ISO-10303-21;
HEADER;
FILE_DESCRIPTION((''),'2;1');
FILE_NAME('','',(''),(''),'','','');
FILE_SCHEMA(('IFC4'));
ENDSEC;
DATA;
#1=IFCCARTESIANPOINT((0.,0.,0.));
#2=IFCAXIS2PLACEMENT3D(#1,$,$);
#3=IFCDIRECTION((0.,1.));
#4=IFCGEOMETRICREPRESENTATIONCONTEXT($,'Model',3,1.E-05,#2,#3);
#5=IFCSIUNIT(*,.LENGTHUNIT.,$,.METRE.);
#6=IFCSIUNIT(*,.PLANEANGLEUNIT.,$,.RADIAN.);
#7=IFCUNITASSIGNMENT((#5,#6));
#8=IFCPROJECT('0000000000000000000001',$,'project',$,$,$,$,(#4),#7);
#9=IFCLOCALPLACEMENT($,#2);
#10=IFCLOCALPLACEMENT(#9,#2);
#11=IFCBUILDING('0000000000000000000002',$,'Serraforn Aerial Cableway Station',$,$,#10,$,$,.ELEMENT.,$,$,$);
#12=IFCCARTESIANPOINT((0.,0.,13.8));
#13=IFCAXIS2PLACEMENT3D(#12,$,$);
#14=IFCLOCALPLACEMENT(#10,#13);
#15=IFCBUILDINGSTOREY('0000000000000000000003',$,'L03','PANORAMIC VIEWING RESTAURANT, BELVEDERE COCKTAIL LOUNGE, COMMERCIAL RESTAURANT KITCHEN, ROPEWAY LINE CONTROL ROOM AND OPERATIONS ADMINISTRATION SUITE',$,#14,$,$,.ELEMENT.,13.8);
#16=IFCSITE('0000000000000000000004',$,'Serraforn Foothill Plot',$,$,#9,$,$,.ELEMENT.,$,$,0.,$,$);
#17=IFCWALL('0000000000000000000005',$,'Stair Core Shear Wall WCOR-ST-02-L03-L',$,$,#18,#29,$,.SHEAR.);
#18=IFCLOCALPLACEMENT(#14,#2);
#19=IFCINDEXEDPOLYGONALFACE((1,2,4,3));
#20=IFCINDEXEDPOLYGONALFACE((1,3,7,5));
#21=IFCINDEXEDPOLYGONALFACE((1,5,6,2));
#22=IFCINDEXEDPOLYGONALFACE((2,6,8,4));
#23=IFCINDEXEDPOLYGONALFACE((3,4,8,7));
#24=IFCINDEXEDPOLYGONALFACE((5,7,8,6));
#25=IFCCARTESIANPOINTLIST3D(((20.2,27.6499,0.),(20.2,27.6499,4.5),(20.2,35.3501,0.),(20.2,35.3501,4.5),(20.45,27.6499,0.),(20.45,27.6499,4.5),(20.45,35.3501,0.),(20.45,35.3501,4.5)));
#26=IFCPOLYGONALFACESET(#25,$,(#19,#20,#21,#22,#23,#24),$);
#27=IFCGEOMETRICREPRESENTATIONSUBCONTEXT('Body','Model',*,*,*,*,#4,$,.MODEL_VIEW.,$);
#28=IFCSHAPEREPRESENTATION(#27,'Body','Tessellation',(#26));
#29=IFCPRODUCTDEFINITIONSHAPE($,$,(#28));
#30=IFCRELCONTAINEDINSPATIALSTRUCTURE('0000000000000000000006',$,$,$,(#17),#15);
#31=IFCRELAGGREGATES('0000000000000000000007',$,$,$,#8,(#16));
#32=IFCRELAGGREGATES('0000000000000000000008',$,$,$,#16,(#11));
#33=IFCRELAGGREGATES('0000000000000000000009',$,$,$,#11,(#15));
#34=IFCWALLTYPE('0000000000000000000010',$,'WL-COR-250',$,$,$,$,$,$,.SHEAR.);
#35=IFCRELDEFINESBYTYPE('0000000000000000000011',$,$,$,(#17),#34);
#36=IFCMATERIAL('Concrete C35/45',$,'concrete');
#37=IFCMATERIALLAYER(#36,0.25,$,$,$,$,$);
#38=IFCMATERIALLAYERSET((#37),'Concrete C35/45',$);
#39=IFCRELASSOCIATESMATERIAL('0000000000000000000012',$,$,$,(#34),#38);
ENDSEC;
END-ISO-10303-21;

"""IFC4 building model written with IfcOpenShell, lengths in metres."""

from ifc_helpers import new_model, si_unit, direction, frame, frame_2d, origin, place, context, subcontext, project, spatial, rectangle, extrude, material, layer, layer_set, type_object, element, save


model = new_model("IFC4")

# Units and contexts
model_context = context("Model", 3, precision=1e-05, world=origin(), true_north=direction((0.0, 1.0)))
body_context = subcontext(model_context, "Body", "Model", "MODEL_VIEW")
ifc_project = project(units=[si_unit("LENGTHUNIT", "METRE"), si_unit("PLANEANGLEUNIT", "RADIAN")], contexts=[model_context])

# Site, building, storey
site_placement = place(None, origin())
site = spatial("IfcSite", under=ifc_project, at=site_placement, Name="Serraforn Foothill Plot", CompositionType="ELEMENT", RefElevation=0.0)
building_placement = place(site_placement, origin())
building = spatial("IfcBuilding", under=site, at=building_placement, Name="Serraforn Aerial Cableway Station", CompositionType="ELEMENT")
storey_placement = place(building_placement, frame((0.0, 0.0, 13.8)))
storey = spatial("IfcBuildingStorey", under=building, at=storey_placement, Name="L03", Description="PANORAMIC VIEWING RESTAURANT, BELVEDERE COCKTAIL LOUNGE, COMMERCIAL RESTAURANT KITCHEN, ROPEWAY LINE CONTROL ROOM AND OPERATIONS ADMINISTRATION SUITE", CompositionType="ELEMENT", Elevation=13.8)

# Shared definitions
ifc_material_1 = material(Name="Concrete C35/45", Category="concrete")
ifc_layer_1 = layer(ifc_material_1, 0.25)
ifc_layer_set_1 = layer_set([ifc_layer_1], Name="Concrete C35/45")
wall_type = type_object("IfcWallType", Name="WL-COR-250", PredefinedType="SHEAR", material=ifc_layer_set_1)

# Wall
wall_1_placement = place(storey_placement, frame((20.325, 27.6499, 0.0), z_axis=(0.0, 0.0, 1.0), x_axis=(0.0, 1.0, 0.0)))
element("IfcWall", 1, at=wall_1_placement, inside=storey, type_object=wall_type, Name="Stair Core Shear Wall WCOR-ST-02-L03-L", PredefinedType="SHEAR", context=body_context, shape_type="SweptSolid", body=[
    extrude(rectangle(XDim=7.7002, YDim=0.25, at=frame_2d((3.8501, 0.0))), origin(), (0.0, 0.0, 1.0), 4.5),
])

save(model, "model.ifc")
